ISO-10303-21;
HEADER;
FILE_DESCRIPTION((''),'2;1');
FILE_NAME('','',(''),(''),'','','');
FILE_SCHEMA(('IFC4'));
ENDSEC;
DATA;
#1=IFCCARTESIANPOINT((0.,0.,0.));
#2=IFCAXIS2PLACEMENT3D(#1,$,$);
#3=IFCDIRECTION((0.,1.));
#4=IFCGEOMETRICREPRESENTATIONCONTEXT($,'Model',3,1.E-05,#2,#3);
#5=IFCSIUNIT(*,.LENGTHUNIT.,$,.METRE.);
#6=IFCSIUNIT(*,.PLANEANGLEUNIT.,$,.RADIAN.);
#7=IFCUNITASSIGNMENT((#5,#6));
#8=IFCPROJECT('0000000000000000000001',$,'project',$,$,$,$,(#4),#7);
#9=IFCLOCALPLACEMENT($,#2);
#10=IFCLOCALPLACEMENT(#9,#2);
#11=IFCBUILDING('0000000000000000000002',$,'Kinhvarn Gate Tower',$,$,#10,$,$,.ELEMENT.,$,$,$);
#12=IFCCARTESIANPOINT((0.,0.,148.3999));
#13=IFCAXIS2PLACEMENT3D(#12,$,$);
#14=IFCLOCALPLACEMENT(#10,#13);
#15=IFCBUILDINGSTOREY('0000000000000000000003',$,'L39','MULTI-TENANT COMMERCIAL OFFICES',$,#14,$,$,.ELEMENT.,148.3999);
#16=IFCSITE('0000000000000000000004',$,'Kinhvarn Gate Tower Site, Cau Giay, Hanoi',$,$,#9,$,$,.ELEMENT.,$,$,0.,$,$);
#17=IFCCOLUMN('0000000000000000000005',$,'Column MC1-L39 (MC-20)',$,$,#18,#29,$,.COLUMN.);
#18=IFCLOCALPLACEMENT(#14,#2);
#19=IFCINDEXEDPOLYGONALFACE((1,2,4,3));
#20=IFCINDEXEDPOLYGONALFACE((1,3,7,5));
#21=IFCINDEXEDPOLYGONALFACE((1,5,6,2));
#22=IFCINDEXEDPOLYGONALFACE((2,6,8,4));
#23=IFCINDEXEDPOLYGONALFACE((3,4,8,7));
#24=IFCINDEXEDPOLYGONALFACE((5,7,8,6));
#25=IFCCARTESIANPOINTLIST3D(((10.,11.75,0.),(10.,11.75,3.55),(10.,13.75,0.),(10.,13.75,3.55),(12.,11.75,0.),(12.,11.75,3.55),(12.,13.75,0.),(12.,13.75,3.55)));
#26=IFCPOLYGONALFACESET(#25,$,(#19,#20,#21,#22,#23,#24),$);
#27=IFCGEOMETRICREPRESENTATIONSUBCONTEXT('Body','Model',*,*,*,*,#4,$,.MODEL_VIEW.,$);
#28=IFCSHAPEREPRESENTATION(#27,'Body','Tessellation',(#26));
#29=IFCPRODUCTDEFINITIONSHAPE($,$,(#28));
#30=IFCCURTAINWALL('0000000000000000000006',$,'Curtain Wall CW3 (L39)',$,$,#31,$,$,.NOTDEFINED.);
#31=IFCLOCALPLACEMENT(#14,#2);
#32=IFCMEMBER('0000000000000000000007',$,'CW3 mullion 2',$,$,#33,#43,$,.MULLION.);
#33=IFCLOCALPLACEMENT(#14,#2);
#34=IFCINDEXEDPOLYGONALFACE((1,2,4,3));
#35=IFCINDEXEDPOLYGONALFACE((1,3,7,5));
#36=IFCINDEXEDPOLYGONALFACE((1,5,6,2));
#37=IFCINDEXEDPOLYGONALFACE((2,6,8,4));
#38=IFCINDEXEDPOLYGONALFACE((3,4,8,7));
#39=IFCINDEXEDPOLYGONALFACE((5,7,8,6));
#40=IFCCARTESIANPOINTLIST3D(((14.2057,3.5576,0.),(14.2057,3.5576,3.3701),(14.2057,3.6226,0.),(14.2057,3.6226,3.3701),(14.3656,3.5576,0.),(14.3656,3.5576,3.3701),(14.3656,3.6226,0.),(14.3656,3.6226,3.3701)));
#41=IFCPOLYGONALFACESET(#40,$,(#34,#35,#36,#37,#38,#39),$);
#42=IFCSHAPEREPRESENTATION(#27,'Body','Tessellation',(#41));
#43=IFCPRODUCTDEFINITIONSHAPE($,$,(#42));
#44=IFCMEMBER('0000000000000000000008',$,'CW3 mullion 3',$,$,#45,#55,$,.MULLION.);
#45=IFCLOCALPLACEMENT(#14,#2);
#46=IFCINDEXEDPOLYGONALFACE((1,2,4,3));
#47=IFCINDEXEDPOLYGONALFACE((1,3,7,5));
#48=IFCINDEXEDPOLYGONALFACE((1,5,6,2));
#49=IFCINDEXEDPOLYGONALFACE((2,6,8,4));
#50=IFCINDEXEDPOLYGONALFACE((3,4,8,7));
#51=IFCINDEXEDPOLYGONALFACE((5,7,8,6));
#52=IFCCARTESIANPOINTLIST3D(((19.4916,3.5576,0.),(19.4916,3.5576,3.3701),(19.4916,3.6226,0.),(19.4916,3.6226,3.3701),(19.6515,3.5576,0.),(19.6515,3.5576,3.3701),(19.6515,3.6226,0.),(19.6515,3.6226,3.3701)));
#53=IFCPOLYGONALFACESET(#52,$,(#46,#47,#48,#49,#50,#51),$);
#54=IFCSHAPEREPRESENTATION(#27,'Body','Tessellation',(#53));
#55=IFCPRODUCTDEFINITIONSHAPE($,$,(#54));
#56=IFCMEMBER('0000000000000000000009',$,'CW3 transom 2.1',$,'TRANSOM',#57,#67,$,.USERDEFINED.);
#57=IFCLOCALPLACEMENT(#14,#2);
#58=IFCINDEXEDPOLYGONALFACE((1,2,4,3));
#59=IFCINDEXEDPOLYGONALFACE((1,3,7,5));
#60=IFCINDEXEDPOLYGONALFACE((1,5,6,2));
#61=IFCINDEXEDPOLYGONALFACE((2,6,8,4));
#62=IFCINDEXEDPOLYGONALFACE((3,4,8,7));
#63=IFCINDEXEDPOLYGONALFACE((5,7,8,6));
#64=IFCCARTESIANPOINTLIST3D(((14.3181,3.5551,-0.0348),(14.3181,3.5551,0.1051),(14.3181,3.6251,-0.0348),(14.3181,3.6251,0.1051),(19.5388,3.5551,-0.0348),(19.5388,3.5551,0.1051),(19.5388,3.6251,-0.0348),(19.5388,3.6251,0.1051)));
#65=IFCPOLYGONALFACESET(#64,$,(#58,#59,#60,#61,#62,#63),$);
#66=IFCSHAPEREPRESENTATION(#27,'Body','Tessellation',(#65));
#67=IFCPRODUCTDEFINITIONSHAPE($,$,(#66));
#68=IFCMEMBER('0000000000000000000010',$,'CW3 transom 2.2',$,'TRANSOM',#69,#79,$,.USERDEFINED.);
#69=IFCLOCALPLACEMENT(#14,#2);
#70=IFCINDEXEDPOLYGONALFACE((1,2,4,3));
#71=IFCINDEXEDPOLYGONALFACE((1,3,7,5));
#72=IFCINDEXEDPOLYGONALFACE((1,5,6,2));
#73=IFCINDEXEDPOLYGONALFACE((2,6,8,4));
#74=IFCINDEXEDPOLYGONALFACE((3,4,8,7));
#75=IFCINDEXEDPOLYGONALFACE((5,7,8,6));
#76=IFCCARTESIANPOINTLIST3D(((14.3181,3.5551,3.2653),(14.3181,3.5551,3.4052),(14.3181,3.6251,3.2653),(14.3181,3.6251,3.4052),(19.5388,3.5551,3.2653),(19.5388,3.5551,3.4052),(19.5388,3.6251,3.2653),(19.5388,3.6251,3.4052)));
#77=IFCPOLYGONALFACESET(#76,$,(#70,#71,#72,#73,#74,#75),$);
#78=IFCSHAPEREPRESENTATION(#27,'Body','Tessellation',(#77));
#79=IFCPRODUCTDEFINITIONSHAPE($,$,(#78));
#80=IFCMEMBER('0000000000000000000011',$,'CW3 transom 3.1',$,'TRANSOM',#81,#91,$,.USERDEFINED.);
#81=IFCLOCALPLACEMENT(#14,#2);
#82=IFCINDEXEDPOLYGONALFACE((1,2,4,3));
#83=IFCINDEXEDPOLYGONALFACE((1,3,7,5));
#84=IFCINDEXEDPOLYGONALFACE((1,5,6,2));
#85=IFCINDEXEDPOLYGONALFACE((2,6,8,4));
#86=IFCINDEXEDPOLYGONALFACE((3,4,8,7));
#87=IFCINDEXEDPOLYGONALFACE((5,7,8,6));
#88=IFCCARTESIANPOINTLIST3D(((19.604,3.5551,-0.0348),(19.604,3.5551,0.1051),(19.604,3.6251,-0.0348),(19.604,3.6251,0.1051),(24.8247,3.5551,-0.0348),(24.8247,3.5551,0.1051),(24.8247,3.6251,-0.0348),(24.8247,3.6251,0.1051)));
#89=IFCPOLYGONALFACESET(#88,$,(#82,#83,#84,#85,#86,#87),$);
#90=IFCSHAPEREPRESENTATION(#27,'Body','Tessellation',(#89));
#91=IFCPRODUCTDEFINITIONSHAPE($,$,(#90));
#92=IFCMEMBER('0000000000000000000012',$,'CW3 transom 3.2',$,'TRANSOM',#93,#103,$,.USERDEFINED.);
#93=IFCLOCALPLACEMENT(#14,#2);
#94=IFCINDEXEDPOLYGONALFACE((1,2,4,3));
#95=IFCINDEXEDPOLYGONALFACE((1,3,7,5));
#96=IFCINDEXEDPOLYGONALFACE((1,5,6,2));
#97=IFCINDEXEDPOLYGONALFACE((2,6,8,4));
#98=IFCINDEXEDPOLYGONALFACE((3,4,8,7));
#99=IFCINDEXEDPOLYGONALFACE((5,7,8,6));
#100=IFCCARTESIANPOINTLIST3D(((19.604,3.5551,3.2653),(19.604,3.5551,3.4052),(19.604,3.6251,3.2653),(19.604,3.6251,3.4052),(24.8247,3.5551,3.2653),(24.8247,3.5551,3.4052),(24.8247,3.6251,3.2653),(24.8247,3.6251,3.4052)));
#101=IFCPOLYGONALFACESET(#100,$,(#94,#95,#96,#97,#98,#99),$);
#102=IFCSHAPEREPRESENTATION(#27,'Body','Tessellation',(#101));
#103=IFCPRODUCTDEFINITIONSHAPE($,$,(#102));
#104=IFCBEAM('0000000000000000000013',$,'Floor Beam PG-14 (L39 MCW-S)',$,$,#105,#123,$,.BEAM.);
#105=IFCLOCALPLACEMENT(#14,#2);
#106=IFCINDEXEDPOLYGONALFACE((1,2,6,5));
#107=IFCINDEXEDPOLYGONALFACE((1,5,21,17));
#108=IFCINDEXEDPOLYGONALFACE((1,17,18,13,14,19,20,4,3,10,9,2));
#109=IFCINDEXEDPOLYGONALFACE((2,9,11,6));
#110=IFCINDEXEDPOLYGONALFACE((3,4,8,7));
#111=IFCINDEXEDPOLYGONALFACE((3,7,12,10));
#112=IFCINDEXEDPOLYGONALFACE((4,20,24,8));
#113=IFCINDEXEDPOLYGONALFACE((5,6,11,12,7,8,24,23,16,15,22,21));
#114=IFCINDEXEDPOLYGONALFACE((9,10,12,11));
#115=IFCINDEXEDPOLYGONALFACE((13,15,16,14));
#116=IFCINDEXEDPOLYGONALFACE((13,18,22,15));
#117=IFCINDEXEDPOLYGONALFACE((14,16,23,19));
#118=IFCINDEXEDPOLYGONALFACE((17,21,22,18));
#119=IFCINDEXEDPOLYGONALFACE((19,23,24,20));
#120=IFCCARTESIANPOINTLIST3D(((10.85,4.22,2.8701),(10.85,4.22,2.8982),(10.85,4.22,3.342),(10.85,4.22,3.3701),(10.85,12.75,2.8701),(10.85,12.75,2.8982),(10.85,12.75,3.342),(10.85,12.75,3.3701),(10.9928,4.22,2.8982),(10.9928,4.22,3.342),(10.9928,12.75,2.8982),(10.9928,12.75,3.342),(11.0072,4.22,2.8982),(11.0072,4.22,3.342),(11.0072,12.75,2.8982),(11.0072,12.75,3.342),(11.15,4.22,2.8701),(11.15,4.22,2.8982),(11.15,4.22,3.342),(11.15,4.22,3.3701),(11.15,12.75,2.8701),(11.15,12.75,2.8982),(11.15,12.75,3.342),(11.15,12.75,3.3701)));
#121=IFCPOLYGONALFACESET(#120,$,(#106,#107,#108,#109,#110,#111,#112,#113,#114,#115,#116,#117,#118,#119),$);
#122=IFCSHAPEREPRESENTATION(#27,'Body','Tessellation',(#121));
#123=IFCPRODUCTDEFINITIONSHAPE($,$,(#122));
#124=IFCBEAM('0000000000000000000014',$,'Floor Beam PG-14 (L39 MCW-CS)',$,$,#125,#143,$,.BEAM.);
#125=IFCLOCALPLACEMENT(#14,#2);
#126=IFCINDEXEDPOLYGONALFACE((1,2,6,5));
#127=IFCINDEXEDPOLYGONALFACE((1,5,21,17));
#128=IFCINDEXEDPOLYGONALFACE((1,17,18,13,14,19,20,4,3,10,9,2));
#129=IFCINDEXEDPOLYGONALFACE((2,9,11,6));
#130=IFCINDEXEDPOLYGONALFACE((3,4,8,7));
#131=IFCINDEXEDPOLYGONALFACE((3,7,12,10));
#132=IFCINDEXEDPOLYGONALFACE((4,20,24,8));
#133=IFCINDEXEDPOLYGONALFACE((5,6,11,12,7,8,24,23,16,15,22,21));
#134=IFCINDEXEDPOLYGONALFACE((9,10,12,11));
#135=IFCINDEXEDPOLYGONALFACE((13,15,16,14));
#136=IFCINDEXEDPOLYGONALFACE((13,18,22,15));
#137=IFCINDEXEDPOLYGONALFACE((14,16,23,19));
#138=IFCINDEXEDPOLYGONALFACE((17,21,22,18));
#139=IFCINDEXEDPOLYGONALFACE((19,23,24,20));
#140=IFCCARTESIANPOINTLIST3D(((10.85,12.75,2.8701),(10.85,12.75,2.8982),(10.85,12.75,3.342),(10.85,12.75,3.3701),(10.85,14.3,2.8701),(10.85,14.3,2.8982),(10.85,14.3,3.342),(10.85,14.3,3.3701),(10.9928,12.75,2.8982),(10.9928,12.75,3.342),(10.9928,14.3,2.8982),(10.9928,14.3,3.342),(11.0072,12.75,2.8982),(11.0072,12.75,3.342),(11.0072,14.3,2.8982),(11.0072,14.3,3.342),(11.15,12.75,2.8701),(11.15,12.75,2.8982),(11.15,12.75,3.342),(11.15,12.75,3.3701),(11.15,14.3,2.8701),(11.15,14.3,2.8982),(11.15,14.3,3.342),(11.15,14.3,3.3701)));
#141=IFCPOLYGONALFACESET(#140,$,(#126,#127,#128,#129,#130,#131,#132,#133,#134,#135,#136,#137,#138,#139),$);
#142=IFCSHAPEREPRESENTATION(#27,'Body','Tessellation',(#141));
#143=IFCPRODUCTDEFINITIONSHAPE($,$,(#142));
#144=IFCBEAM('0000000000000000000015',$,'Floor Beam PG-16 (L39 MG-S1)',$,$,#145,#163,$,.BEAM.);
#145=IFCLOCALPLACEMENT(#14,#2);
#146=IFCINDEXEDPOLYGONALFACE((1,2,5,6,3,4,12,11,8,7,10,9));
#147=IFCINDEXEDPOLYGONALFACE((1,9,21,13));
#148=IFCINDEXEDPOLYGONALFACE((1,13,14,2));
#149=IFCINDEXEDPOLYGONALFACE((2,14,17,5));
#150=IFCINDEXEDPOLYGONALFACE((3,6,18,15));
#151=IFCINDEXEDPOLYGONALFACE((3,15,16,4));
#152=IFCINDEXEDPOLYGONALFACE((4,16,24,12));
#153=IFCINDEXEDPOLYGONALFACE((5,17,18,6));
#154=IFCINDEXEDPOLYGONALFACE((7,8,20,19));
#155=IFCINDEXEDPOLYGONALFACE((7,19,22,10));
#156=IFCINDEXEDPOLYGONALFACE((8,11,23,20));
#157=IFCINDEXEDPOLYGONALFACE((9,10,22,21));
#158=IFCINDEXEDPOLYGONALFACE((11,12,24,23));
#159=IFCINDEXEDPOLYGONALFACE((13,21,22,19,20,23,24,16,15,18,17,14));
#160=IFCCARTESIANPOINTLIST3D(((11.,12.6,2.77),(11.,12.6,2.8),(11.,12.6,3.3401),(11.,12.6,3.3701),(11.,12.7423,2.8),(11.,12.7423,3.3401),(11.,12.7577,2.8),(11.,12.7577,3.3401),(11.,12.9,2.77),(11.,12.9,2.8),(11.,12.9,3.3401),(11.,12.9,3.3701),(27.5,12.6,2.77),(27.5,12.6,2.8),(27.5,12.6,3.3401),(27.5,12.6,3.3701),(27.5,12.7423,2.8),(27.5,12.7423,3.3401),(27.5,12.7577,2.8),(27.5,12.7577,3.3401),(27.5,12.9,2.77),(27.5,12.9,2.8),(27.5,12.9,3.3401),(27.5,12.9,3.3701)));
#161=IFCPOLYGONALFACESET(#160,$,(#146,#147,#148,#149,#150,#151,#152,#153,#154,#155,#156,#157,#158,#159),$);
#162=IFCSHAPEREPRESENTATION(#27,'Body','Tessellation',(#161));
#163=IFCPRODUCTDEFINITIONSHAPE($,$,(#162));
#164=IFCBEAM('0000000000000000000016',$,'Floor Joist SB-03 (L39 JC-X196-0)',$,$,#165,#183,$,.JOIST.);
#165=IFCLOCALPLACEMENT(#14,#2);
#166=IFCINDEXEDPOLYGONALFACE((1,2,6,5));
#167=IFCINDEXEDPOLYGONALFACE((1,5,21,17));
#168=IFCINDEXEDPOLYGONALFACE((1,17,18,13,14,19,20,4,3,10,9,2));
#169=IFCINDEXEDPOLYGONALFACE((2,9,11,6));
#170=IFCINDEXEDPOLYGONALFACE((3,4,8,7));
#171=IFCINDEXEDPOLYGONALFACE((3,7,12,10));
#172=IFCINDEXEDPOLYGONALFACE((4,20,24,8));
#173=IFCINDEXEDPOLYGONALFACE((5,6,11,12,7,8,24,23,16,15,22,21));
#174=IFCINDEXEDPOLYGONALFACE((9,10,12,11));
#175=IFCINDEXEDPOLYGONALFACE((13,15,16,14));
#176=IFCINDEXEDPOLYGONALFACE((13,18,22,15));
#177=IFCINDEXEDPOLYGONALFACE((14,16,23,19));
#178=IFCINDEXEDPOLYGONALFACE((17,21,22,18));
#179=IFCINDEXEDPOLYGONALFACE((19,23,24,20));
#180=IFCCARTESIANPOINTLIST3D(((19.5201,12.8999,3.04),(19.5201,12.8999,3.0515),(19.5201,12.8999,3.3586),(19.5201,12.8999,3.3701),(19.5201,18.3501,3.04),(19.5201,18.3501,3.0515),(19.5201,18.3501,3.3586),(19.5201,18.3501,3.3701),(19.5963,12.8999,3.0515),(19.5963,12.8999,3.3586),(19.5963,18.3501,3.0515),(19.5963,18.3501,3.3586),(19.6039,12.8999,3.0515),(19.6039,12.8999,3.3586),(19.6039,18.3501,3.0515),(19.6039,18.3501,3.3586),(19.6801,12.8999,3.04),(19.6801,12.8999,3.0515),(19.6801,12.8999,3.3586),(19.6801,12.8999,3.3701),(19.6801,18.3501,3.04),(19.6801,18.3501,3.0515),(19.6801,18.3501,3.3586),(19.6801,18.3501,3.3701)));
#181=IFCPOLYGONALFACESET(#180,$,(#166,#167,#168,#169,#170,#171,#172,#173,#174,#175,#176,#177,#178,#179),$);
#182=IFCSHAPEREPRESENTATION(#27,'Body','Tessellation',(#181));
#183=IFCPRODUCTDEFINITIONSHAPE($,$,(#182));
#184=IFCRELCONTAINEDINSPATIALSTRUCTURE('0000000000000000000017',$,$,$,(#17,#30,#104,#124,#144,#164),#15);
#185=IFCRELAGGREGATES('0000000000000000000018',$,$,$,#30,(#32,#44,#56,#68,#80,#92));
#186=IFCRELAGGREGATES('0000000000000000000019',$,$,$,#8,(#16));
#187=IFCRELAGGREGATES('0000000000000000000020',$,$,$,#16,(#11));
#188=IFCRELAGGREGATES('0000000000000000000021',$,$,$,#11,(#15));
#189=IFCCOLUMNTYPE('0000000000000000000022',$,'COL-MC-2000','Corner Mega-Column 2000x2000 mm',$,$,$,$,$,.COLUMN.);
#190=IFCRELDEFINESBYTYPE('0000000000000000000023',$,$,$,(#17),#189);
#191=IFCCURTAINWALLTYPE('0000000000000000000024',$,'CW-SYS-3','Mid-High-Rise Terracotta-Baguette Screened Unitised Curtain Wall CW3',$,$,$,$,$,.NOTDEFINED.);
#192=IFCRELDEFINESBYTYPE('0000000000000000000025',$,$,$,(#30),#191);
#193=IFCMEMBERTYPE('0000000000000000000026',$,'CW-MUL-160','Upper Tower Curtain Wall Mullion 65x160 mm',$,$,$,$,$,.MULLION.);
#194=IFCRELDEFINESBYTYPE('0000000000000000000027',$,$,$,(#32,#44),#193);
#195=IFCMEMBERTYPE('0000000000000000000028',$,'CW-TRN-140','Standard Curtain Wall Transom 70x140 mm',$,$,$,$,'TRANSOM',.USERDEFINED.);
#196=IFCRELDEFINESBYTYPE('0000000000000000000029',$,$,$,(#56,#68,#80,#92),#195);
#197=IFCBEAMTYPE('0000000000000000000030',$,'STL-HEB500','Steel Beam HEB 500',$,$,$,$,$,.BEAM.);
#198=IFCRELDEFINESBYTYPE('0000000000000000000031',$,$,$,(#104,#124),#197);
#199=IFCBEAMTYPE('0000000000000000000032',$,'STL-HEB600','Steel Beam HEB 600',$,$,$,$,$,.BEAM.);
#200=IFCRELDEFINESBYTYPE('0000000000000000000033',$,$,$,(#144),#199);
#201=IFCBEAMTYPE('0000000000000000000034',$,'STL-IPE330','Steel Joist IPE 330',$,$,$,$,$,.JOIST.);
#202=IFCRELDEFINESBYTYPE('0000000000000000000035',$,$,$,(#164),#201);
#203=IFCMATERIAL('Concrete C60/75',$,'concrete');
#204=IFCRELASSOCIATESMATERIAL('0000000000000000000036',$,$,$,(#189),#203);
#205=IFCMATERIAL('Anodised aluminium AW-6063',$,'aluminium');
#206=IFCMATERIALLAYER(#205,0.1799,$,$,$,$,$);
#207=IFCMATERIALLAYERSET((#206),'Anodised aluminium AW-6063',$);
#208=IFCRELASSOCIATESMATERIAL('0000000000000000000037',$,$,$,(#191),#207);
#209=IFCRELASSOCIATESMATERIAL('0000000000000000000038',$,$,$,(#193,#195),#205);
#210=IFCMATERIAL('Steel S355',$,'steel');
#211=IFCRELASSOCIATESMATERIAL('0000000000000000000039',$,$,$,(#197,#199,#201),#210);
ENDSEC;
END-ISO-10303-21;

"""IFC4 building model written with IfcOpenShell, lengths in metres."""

from ifc_helpers import new_model, si_unit, direction, frame, origin, origin_2d, place, context, subcontext, project, spatial, rectangle, i_section, extrude, material, layer, layer_set, material_profile, profile_set, type_object, element, aggregate, save


model = new_model("IFC4")

# Units and contexts
model_context = context("Model", 3, precision=1e-05, world=origin(), true_north=direction((0.0, 1.0)))
body_context = subcontext(model_context, "Body", "Model", "MODEL_VIEW")
ifc_project = project(units=[si_unit("LENGTHUNIT", "METRE"), si_unit("PLANEANGLEUNIT", "RADIAN")], contexts=[model_context])

# Site, building, storey
site_placement = place(None, origin())
site = spatial("IfcSite", under=ifc_project, at=site_placement, Name="Kinhvarn Gate Tower Site, Cau Giay, Hanoi", CompositionType="ELEMENT", RefElevation=0.0)
building_placement = place(site_placement, origin())
building = spatial("IfcBuilding", under=site, at=building_placement, Name="Kinhvarn Gate Tower", CompositionType="ELEMENT")
storey_placement = place(building_placement, frame((0.0, 0.0, 148.3999)))
storey = spatial("IfcBuildingStorey", under=building, at=storey_placement, Name="L39", Description="MULTI-TENANT COMMERCIAL OFFICES", CompositionType="ELEMENT", Elevation=148.3999)

# Column
ifc_material_1 = material(Name="Concrete C60/75", Category="concrete")
ifc_material_profile_1 = material_profile(ifc_material_1, rectangle(XDim=2.0, YDim=2.0, at=origin_2d()), Name="RC 2000x2000")
ifc_profile_set_1 = profile_set([ifc_material_profile_1], Name="Concrete C60/75")
column_type = type_object("IfcColumnType", Name="COL-MC-2000", Description="Corner Mega-Column 2000x2000 mm", PredefinedType="COLUMN", material=ifc_profile_set_1)
column_placement = place(storey_placement, frame((11.0, 12.75, 0.0), z_axis=(0.0, 0.0, 1.0), x_axis=(1.0, 0.0, 0.0)))
element("IfcColumn", 1, at=column_placement, inside=storey, type_object=column_type, Name="Column MC1-L39 (MC-20)", PredefinedType="COLUMN", context=body_context, shape_type="SweptSolid", body=[
    extrude(rectangle(XDim=2.0, YDim=2.0, at=origin_2d()), origin(), (0.0, 0.0, 1.0), 3.55),
])

# Curtain wall, members
ifc_material_2 = material(Name="Anodised aluminium AW-6063", Category="aluminium")
ifc_layer_1 = layer(ifc_material_2, 0.1799)
ifc_layer_set_1 = layer_set([ifc_layer_1], Name="Anodised aluminium AW-6063")
curtain_wall_type = type_object("IfcCurtainWallType", Name="CW-SYS-3", Description="Mid-High-Rise Terracotta-Baguette Screened Unitised Curtain Wall CW3", PredefinedType="NOTDEFINED", material=ifc_layer_set_1)
curtain_wall_placement = place(storey_placement, origin())
curtain_wall = element("IfcCurtainWall", 2, at=curtain_wall_placement, inside=storey, type_object=curtain_wall_type, Name="Curtain Wall CW3 (L39)", PredefinedType="NOTDEFINED")
ifc_material_profile_2 = material_profile(ifc_material_2, rectangle(XDim=0.0649, YDim=0.1599, at=origin_2d()), Name="ALU 65x160")
ifc_profile_set_2 = profile_set([ifc_material_profile_2], Name="Anodised aluminium AW-6063")
member_type_1 = type_object("IfcMemberType", Name="CW-MUL-160", Description="Upper Tower Curtain Wall Mullion 65x160 mm", PredefinedType="MULLION", material=ifc_profile_set_2)
member_1_placement = place(storey_placement, frame((14.2856, 3.5901, 0.0), z_axis=(0.0, 0.0, 1.0), x_axis=(0.0, 1.0, 0.0)))
member_1 = element("IfcMember", 3, at=member_1_placement, type_object=member_type_1, Name="CW3 mullion 2", PredefinedType="MULLION", context=body_context, shape_type="SweptSolid", body=[
    extrude(rectangle(XDim=0.0649, YDim=0.1599, at=origin_2d()), origin(), (0.0, 0.0, 1.0), 3.3701),
])
member_2_placement = place(storey_placement, frame((19.5715, 3.5901, 0.0), z_axis=(0.0, 0.0, 1.0), x_axis=(0.0, 1.0, 0.0)))
member_2 = element("IfcMember", 4, at=member_2_placement, type_object=member_type_1, Name="CW3 mullion 3", PredefinedType="MULLION", context=body_context, shape_type="SweptSolid", body=[
    extrude(rectangle(XDim=0.0649, YDim=0.1599, at=origin_2d()), origin(), (0.0, 0.0, 1.0), 3.3701),
])
ifc_material_profile_3 = material_profile(ifc_material_2, rectangle(XDim=0.0701, YDim=0.1399, at=origin_2d()), Name="ALU 70x140")
ifc_profile_set_3 = profile_set([ifc_material_profile_3], Name="Anodised aluminium AW-6063")
member_type_2 = type_object("IfcMemberType", Name="CW-TRN-140", Description="Standard Curtain Wall Transom 70x140 mm", ElementType="TRANSOM", PredefinedType="USERDEFINED", material=ifc_profile_set_3)
member_3_placement = place(storey_placement, frame((14.3181, 3.5901, 0.0352), z_axis=(1.0, 0.0, 0.0), x_axis=(0.0, 1.0, 0.0)))
member_3 = element("IfcMember", 5, at=member_3_placement, type_object=member_type_2, Name="CW3 transom 2.1", ObjectType="TRANSOM", PredefinedType="USERDEFINED", context=body_context, shape_type="SweptSolid", body=[
    extrude(rectangle(XDim=0.0701, YDim=0.1399, at=origin_2d()), origin(), (0.0, 0.0, 1.0), 5.2207),
])
member_4_placement = place(storey_placement, frame((14.3181, 3.5901, 3.3352), z_axis=(1.0, 0.0, 0.0), x_axis=(0.0, 1.0, 0.0)))
member_4 = element("IfcMember", 6, at=member_4_placement, type_object=member_type_2, Name="CW3 transom 2.2", ObjectType="TRANSOM", PredefinedType="USERDEFINED", context=body_context, shape_type="SweptSolid", body=[
    extrude(rectangle(XDim=0.0701, YDim=0.1399, at=origin_2d()), origin(), (0.0, 0.0, 1.0), 5.2207),
])
member_5_placement = place(storey_placement, frame((19.604, 3.5901, 0.0352), z_axis=(1.0, 0.0, 0.0), x_axis=(0.0, 1.0, 0.0)))
member_5 = element("IfcMember", 7, at=member_5_placement, type_object=member_type_2, Name="CW3 transom 3.1", ObjectType="TRANSOM", PredefinedType="USERDEFINED", context=body_context, shape_type="SweptSolid", body=[
    extrude(rectangle(XDim=0.0701, YDim=0.1399, at=origin_2d()), origin(), (0.0, 0.0, 1.0), 5.2207),
])
member_6_placement = place(storey_placement, frame((19.604, 3.5901, 3.3352), z_axis=(1.0, 0.0, 0.0), x_axis=(0.0, 1.0, 0.0)))
member_6 = element("IfcMember", 8, at=member_6_placement, type_object=member_type_2, Name="CW3 transom 3.2", ObjectType="TRANSOM", PredefinedType="USERDEFINED", context=body_context, shape_type="SweptSolid", body=[
    extrude(rectangle(XDim=0.0701, YDim=0.1399, at=origin_2d()), origin(), (0.0, 0.0, 1.0), 5.2207),
])

# Beams
ifc_material_3 = material(Name="Steel S355", Category="steel")
ifc_material_profile_4 = material_profile(ifc_material_3, i_section(OverallWidth=0.3, OverallDepth=0.5, WebThickness=0.0144, FlangeThickness=0.0281, at=origin_2d()), Name="HEB 500")
ifc_profile_set_4 = profile_set([ifc_material_profile_4], Name="Steel S355")
beam_type_1 = type_object("IfcBeamType", Name="STL-HEB500", Description="Steel Beam HEB 500", PredefinedType="BEAM", material=ifc_profile_set_4)
beam_1_placement = place(storey_placement, frame((11.0, 4.22, 3.1201), z_axis=(0.0, 1.0, 0.0), x_axis=(-1.0, 0.0, 0.0)))
element("IfcBeam", 9, at=beam_1_placement, inside=storey, type_object=beam_type_1, Name="Floor Beam PG-14 (L39 MCW-S)", PredefinedType="BEAM", context=body_context, shape_type="SweptSolid", body=[
    extrude(i_section(OverallWidth=0.3, OverallDepth=0.5, WebThickness=0.0144, FlangeThickness=0.0281, at=origin_2d()), origin(), (0.0, 0.0, 1.0), 8.53),
])
beam_2_placement = place(storey_placement, frame((11.0, 12.75, 3.1201), z_axis=(0.0, 1.0, 0.0), x_axis=(-1.0, 0.0, 0.0)))
element("IfcBeam", 10, at=beam_2_placement, inside=storey, type_object=beam_type_1, Name="Floor Beam PG-14 (L39 MCW-CS)", PredefinedType="BEAM", context=body_context, shape_type="SweptSolid", body=[
    extrude(i_section(OverallWidth=0.3, OverallDepth=0.5, WebThickness=0.0144, FlangeThickness=0.0281, at=origin_2d()), origin(), (0.0, 0.0, 1.0), 1.55),
])
ifc_material_profile_5 = material_profile(ifc_material_3, i_section(OverallWidth=0.3, OverallDepth=0.6001, WebThickness=0.0154, FlangeThickness=0.03, at=origin_2d()), Name="HEB 600")
ifc_profile_set_5 = profile_set([ifc_material_profile_5], Name="Steel S355")
beam_type_2 = type_object("IfcBeamType", Name="STL-HEB600", Description="Steel Beam HEB 600", PredefinedType="BEAM", material=ifc_profile_set_5)
beam_3_placement = place(storey_placement, frame((11.0, 12.75, 3.0701), z_axis=(1.0, 0.0, 0.0), x_axis=(0.0, 1.0, 0.0)))
element("IfcBeam", 11, at=beam_3_placement, inside=storey, type_object=beam_type_2, Name="Floor Beam PG-16 (L39 MG-S1)", PredefinedType="BEAM", context=body_context, shape_type="SweptSolid", body=[
    extrude(i_section(OverallWidth=0.3, OverallDepth=0.6001, WebThickness=0.0154, FlangeThickness=0.03, at=origin_2d()), origin(), (0.0, 0.0, 1.0), 16.5),
])
ifc_material_profile_6 = material_profile(ifc_material_3, i_section(OverallWidth=0.1599, OverallDepth=0.3301, WebThickness=0.0076, FlangeThickness=0.0115, at=origin_2d()), Name="IPE 330")
ifc_profile_set_6 = profile_set([ifc_material_profile_6], Name="Steel S355")
beam_type_3 = type_object("IfcBeamType", Name="STL-IPE330", Description="Steel Joist IPE 330", PredefinedType="JOIST", material=ifc_profile_set_6)
for number, where, z_axis, x_axis, name in (
    (12, (19.6001, 12.8999, 3.2051), (0.0, 1.0, 0.0), (-1.0, 0.0, 0.0), "Floor Joist SB-03 (L39 JC-X196-0)"),
):
    element("IfcBeam", number, at=place(storey_placement, frame(where, z_axis=z_axis, x_axis=x_axis)), inside=storey, type_object=beam_type_3, Name=name, PredefinedType="JOIST", context=body_context, shape_type="SweptSolid", body=[
        extrude(i_section(OverallWidth=0.1599, OverallDepth=0.3301, WebThickness=0.0076, FlangeThickness=0.0115, at=origin_2d()), origin(), (0.0, 0.0, 1.0), 5.4502),
    ])

aggregate(curtain_wall, [member_1, member_2, member_3, member_4, member_5, member_6])

save(model, "model.ifc")
